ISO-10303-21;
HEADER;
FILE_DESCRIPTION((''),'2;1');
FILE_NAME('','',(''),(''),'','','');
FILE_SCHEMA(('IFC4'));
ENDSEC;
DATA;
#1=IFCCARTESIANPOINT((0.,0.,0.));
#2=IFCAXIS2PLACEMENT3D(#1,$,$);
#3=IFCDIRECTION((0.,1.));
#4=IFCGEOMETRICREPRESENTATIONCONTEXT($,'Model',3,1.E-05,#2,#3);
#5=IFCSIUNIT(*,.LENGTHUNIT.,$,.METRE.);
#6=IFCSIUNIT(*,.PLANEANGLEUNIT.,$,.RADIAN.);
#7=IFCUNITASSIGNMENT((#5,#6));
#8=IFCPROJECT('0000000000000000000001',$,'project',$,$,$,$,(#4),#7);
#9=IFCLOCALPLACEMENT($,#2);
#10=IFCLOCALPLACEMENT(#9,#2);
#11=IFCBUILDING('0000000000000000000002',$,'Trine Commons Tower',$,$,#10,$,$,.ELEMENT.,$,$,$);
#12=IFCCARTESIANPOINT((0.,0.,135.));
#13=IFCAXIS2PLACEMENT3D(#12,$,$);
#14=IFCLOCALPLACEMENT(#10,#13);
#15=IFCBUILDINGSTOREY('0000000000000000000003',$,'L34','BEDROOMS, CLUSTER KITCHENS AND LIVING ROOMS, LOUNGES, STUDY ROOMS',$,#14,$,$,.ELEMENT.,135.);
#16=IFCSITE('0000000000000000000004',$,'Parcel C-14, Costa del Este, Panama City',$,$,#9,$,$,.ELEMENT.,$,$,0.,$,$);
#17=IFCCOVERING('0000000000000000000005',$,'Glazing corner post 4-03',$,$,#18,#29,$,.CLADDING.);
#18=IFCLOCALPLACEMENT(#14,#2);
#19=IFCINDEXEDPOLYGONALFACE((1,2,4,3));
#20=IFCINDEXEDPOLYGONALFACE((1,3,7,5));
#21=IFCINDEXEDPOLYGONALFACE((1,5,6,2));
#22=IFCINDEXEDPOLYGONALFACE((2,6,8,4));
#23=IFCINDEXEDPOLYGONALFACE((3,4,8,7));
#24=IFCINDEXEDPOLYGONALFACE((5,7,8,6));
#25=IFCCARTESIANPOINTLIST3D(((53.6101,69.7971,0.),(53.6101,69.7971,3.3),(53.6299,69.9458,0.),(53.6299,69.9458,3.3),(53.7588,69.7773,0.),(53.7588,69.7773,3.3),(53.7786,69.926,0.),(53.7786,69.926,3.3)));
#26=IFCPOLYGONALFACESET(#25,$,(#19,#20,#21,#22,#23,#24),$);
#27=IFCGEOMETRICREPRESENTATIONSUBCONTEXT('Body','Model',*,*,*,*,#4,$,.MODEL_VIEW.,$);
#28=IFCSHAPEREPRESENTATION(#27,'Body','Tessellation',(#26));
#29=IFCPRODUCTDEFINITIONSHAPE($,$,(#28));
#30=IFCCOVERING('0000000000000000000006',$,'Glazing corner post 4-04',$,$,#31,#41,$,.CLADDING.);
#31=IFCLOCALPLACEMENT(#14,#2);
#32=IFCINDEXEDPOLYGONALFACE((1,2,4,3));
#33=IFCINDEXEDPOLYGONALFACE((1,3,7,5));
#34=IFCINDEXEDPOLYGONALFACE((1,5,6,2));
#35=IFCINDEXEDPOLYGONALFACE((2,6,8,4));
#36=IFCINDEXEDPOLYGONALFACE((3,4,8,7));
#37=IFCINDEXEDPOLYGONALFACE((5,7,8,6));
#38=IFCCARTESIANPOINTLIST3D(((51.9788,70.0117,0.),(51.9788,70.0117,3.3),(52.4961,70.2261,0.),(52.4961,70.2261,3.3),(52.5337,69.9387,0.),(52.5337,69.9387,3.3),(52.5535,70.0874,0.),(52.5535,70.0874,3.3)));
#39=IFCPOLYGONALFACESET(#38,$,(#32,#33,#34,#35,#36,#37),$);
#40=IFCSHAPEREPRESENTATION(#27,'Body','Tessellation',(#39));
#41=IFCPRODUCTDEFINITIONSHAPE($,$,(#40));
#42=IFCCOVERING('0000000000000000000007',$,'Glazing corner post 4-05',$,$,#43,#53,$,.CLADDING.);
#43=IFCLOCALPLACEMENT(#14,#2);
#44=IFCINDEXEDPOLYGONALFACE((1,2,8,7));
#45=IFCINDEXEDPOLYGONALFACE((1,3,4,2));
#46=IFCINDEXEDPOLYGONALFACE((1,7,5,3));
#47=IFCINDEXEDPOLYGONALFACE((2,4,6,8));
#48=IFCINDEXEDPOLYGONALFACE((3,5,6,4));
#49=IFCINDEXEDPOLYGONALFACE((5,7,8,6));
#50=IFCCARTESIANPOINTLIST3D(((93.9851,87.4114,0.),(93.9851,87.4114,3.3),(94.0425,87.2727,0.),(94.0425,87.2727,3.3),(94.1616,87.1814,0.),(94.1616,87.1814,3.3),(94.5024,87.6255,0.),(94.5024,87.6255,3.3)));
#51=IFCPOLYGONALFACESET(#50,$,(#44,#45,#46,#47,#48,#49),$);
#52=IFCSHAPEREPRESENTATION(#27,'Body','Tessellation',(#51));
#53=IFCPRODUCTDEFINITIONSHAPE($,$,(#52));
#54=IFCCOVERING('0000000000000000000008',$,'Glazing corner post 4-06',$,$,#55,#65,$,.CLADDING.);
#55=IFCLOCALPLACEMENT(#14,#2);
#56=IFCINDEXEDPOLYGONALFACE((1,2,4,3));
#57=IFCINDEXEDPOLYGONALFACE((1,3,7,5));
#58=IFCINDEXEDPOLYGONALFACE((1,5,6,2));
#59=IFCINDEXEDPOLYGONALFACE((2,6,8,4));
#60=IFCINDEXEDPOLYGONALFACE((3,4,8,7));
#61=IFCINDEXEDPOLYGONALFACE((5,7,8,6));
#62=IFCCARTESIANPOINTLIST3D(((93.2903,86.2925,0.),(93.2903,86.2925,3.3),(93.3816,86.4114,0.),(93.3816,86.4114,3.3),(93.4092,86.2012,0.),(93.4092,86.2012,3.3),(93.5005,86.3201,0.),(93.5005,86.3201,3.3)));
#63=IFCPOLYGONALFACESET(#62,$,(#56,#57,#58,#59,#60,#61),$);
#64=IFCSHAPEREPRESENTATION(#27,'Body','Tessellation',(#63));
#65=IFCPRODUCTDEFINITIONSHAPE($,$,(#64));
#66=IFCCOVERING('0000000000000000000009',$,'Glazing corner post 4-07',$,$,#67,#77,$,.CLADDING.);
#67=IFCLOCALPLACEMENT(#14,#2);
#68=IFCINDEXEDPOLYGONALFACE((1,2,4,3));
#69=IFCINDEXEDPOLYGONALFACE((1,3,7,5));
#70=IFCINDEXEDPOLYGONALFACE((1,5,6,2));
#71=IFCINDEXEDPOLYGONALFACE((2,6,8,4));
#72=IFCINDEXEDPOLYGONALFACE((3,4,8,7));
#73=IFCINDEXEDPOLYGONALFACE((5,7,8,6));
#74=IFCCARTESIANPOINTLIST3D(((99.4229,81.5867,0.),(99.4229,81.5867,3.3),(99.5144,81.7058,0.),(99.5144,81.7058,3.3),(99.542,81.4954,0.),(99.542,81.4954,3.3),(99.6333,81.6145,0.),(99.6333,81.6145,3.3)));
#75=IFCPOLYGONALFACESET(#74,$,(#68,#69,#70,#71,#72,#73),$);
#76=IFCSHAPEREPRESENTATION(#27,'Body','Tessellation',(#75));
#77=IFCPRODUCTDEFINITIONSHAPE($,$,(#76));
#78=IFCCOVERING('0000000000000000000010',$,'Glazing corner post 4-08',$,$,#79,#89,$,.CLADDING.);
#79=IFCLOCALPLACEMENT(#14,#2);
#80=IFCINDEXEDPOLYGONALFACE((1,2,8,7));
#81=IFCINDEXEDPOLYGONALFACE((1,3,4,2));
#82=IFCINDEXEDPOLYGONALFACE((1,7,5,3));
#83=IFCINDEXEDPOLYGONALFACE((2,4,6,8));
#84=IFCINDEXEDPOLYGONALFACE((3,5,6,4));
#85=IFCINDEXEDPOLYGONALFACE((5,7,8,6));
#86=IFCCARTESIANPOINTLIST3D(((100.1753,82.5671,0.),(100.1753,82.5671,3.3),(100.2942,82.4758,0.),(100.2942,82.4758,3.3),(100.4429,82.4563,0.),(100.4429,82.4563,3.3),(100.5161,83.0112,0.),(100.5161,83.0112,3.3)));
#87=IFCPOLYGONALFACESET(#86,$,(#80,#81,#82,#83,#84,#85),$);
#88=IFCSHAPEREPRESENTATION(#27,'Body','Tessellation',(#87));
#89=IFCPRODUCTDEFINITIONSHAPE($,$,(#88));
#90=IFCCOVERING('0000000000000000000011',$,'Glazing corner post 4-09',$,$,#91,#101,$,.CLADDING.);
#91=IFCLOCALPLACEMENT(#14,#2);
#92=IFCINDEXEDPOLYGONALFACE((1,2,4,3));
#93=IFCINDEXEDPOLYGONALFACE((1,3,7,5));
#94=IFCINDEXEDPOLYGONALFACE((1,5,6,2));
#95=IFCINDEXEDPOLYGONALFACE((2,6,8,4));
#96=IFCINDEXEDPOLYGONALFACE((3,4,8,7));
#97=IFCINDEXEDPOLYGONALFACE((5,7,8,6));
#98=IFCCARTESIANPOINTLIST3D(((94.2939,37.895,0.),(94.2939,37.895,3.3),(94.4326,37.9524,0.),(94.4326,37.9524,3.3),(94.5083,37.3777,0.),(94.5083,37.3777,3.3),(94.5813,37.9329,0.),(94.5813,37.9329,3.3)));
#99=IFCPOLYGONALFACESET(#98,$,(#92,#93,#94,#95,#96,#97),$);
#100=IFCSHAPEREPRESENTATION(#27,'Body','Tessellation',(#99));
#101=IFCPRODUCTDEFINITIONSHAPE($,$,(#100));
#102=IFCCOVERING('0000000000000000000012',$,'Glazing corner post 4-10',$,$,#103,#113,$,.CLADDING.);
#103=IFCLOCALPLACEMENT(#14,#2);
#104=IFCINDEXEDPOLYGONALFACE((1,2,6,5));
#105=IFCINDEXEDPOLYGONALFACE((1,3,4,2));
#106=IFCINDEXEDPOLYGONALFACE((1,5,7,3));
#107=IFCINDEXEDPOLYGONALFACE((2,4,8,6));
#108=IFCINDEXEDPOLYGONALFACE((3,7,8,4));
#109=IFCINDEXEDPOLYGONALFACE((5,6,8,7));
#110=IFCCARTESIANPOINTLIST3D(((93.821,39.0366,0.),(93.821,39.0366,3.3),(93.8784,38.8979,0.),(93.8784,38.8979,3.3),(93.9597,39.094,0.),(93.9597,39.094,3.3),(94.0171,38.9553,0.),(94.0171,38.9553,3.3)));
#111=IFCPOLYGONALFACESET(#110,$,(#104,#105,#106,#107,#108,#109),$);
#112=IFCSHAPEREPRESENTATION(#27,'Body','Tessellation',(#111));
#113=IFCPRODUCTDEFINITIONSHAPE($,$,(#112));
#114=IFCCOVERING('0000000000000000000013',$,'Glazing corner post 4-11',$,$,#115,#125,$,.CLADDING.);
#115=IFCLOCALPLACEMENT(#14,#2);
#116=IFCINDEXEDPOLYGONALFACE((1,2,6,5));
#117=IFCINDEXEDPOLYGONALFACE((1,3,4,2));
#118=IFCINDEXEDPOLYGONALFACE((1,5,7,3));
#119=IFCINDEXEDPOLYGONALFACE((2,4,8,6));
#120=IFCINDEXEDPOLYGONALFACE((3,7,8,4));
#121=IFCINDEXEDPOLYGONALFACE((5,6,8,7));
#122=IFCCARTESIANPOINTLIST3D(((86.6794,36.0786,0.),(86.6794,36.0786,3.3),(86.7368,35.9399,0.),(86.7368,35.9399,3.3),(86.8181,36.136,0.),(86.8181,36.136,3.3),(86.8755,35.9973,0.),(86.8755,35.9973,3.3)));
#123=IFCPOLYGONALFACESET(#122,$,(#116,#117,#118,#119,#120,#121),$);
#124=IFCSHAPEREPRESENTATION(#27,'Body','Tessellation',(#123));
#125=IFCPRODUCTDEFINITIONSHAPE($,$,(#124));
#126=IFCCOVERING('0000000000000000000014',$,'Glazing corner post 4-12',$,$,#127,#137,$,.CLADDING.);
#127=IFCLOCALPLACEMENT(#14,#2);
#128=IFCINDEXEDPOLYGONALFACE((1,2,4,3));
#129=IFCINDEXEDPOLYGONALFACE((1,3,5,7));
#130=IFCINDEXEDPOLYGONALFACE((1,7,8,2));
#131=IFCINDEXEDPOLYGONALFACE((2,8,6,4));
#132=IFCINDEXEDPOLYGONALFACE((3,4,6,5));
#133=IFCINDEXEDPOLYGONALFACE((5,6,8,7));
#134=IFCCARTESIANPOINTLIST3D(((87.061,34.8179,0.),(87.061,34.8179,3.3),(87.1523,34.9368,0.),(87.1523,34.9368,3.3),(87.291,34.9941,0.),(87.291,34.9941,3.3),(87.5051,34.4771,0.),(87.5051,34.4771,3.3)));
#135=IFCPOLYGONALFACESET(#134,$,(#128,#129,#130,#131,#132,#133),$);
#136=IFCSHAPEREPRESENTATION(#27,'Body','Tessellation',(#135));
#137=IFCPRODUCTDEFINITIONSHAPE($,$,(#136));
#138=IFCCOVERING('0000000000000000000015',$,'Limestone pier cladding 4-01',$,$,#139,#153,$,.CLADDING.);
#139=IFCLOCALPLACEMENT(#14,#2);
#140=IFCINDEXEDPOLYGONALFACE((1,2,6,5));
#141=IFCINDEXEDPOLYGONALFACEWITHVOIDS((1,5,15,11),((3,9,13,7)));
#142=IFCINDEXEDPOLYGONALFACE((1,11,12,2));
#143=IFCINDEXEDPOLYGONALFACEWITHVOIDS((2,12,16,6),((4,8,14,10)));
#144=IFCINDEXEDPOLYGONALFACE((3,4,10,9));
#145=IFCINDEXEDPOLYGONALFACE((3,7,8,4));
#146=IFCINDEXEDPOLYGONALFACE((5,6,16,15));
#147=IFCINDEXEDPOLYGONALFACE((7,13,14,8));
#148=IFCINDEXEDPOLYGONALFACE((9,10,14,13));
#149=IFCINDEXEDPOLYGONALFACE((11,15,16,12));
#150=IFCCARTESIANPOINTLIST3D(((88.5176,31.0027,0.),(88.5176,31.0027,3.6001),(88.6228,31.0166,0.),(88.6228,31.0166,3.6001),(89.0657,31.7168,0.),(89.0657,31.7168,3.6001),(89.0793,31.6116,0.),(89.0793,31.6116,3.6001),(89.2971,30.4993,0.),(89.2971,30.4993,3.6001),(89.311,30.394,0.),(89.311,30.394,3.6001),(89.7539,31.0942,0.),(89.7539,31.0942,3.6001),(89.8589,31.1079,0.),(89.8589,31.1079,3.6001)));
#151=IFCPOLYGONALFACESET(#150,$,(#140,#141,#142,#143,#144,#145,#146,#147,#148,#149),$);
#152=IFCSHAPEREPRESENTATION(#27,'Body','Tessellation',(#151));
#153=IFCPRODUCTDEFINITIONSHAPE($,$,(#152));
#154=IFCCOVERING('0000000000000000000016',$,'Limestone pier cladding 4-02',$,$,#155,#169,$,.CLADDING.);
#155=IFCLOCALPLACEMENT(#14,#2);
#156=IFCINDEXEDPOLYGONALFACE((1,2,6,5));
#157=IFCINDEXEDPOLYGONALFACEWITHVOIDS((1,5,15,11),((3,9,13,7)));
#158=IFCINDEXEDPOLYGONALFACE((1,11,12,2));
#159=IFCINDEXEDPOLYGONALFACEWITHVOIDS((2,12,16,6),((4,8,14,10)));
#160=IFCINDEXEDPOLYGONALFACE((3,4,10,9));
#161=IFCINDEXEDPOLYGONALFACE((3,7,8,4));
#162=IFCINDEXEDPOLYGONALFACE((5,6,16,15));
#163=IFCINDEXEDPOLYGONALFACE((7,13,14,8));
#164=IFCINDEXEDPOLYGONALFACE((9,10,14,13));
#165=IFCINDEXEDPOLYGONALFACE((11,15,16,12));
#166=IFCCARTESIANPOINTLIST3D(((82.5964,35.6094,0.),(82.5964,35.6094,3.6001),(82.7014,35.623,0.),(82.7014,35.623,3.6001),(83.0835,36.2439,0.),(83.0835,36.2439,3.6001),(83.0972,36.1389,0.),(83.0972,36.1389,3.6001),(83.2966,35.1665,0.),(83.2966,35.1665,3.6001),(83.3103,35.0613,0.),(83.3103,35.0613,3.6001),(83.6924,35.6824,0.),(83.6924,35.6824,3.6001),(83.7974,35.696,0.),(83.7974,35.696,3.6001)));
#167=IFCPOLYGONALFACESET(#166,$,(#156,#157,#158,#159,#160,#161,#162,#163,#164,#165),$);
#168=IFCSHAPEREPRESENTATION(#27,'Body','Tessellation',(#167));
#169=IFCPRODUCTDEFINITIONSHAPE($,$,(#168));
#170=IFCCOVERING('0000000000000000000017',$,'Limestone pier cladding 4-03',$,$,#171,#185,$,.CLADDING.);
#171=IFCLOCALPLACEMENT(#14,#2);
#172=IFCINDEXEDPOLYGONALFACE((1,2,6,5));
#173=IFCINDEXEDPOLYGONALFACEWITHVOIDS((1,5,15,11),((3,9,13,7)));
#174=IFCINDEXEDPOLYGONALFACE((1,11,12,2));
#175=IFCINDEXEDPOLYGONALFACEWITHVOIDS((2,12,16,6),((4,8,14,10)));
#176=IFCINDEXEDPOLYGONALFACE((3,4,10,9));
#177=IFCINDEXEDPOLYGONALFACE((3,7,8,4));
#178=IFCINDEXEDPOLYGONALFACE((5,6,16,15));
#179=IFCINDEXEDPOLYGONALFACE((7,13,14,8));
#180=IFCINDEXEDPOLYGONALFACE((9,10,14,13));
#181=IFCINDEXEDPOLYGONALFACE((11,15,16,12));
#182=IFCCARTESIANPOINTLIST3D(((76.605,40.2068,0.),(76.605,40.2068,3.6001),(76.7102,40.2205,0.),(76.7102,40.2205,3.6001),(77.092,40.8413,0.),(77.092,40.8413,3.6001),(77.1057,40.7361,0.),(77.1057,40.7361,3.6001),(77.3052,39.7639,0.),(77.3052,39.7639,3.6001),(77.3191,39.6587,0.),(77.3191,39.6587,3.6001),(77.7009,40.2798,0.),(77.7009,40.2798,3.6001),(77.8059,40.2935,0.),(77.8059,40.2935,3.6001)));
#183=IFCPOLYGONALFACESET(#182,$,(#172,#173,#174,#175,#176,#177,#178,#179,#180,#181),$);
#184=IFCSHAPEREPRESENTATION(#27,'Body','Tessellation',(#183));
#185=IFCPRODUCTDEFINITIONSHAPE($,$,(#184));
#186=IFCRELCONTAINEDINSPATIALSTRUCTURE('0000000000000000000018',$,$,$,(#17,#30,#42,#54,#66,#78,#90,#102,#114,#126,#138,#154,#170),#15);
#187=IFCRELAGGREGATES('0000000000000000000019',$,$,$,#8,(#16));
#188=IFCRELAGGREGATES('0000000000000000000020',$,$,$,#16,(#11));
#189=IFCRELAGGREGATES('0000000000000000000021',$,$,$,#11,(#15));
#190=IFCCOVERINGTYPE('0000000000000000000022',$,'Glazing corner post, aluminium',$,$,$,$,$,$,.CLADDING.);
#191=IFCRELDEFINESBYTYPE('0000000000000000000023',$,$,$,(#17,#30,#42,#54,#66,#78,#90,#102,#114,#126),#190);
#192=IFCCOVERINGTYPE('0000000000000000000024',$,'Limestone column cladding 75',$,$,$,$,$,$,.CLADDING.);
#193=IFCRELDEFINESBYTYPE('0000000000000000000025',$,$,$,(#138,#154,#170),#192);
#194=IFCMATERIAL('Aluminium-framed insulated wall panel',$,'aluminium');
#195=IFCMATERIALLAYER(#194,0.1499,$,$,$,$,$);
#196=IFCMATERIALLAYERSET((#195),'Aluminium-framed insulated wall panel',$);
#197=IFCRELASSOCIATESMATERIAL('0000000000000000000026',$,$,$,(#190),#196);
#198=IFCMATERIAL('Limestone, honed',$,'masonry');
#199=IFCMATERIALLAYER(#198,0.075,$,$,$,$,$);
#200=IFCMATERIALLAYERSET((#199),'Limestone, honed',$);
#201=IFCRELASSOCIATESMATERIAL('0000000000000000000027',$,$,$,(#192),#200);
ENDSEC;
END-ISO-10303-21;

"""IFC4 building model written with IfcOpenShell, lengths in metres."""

from ifc_helpers import new_model, si_unit, direction, frame, origin, place, context, subcontext, project, spatial, polyline, outline, extrude, material, layer, layer_set, type_object, element, save


model = new_model("IFC4")

# Units and contexts
model_context = context("Model", 3, precision=1e-05, world=origin(), true_north=direction((0.0, 1.0)))
body_context = subcontext(model_context, "Body", "Model", "MODEL_VIEW")
ifc_project = project(units=[si_unit("LENGTHUNIT", "METRE"), si_unit("PLANEANGLEUNIT", "RADIAN")], contexts=[model_context])

# Site, building, storey
site_placement = place(None, origin())
site = spatial("IfcSite", under=ifc_project, at=site_placement, Name="Parcel C-14, Costa del Este, Panama City", CompositionType="ELEMENT", RefElevation=0.0)
building_placement = place(site_placement, origin())
building = spatial("IfcBuilding", under=site, at=building_placement, Name="Trine Commons Tower", CompositionType="ELEMENT")
storey_placement = place(building_placement, frame((0.0, 0.0, 135.0)))
storey = spatial("IfcBuildingStorey", under=building, at=storey_placement, Name="L34", Description="BEDROOMS, CLUSTER KITCHENS AND LIVING ROOMS, LOUNGES, STUDY ROOMS", CompositionType="ELEMENT", Elevation=135.0)

# Coverings
ifc_material_1 = material(Name="Aluminium-framed insulated wall panel", Category="aluminium")
ifc_layer_1 = layer(ifc_material_1, 0.1499)
ifc_layer_set_1 = layer_set([ifc_layer_1], Name="Aluminium-framed insulated wall panel")
covering_type_1 = type_object("IfcCoveringType", Name="Glazing corner post, aluminium", PredefinedType="CLADDING", material=ifc_layer_set_1)
covering_1_placement = place(storey_placement, origin())
element("IfcCovering", 1, at=covering_1_placement, inside=storey, type_object=covering_type_1, Name="Glazing corner post 4-03", PredefinedType="CLADDING", context=body_context, shape_type="SweptSolid", body=[
    extrude(outline(polyline([(53.6101, 69.7971), (53.7588, 69.7773), (53.7786, 69.926), (53.6299, 69.9458), (53.6101, 69.7971)])), origin(), (0.0, 0.0, 1.0), 3.3),
])
covering_2_placement = place(storey_placement, origin())
element("IfcCovering", 2, at=covering_2_placement, inside=storey, type_object=covering_type_1, Name="Glazing corner post 4-04", PredefinedType="CLADDING", context=body_context, shape_type="SweptSolid", body=[
    extrude(outline(polyline([(52.5337, 69.9387), (52.5535, 70.0874), (52.4961, 70.2261), (51.9788, 70.0117), (52.5337, 69.9387)])), origin(), (0.0, 0.0, 1.0), 3.3),
])
covering_3_placement = place(storey_placement, origin())
element("IfcCovering", 3, at=covering_3_placement, inside=storey, type_object=covering_type_1, Name="Glazing corner post 4-05", PredefinedType="CLADDING", context=body_context, shape_type="SweptSolid", body=[
    extrude(outline(polyline([(94.0425, 87.2727), (94.0425, 87.2727), (94.1616, 87.1814), (94.5024, 87.6255), (93.9851, 87.4114), (94.0425, 87.2727)])), origin(), (0.0, 0.0, 1.0), 3.3),
])
covering_4_placement = place(storey_placement, origin())
element("IfcCovering", 4, at=covering_4_placement, inside=storey, type_object=covering_type_1, Name="Glazing corner post 4-06", PredefinedType="CLADDING", context=body_context, shape_type="SweptSolid", body=[
    extrude(outline(polyline([(93.4092, 86.2012), (93.5005, 86.3201), (93.3816, 86.4114), (93.2903, 86.2925), (93.4092, 86.2012)])), origin(), (0.0, 0.0, 1.0), 3.3),
])
covering_5_placement = place(storey_placement, origin())
element("IfcCovering", 5, at=covering_5_placement, inside=storey, type_object=covering_type_1, Name="Glazing corner post 4-07", PredefinedType="CLADDING", context=body_context, shape_type="SweptSolid", body=[
    extrude(outline(polyline([(99.4229, 81.5867), (99.542, 81.4954), (99.6333, 81.6145), (99.5144, 81.7058), (99.4229, 81.5867)])), origin(), (0.0, 0.0, 1.0), 3.3),
])
covering_6_placement = place(storey_placement, origin())
element("IfcCovering", 6, at=covering_6_placement, inside=storey, type_object=covering_type_1, Name="Glazing corner post 4-08", PredefinedType="CLADDING", context=body_context, shape_type="SweptSolid", body=[
    extrude(outline(polyline([(100.4429, 82.4563), (100.5161, 83.0112), (100.1753, 82.5671), (100.2942, 82.4758), (100.4429, 82.4563)])), origin(), (0.0, 0.0, 1.0), 3.3),
])
covering_7_placement = place(storey_placement, origin())
element("IfcCovering", 7, at=covering_7_placement, inside=storey, type_object=covering_type_1, Name="Glazing corner post 4-09", PredefinedType="CLADDING", context=body_context, shape_type="SweptSolid", body=[
    extrude(outline(polyline([(94.2939, 37.895), (94.5083, 37.3777), (94.5813, 37.9329), (94.4326, 37.9524), (94.4326, 37.9524), (94.2939, 37.895)])), origin(), (0.0, 0.0, 1.0), 3.3),
])
covering_8_placement = place(storey_placement, origin())
element("IfcCovering", 8, at=covering_8_placement, inside=storey, type_object=covering_type_1, Name="Glazing corner post 4-10", PredefinedType="CLADDING", context=body_context, shape_type="SweptSolid", body=[
    extrude(outline(polyline([(93.821, 39.0366), (93.8784, 38.8979), (93.8784, 38.8979), (94.0171, 38.9553), (93.9597, 39.094), (93.821, 39.0366)])), origin(), (0.0, 0.0, 1.0), 3.3),
])
covering_9_placement = place(storey_placement, origin())
element("IfcCovering", 9, at=covering_9_placement, inside=storey, type_object=covering_type_1, Name="Glazing corner post 4-11", PredefinedType="CLADDING", context=body_context, shape_type="SweptSolid", body=[
    extrude(outline(polyline([(86.7368, 35.9399), (86.8755, 35.9973), (86.8181, 36.136), (86.6794, 36.0786), (86.7368, 35.9399)])), origin(), (0.0, 0.0, 1.0), 3.3),
])
covering_10_placement = place(storey_placement, origin())
element("IfcCovering", 10, at=covering_10_placement, inside=storey, type_object=covering_type_1, Name="Glazing corner post 4-12", PredefinedType="CLADDING", context=body_context, shape_type="SweptSolid", body=[
    extrude(outline(polyline([(87.061, 34.8179), (87.5051, 34.4771), (87.291, 34.9941), (87.1523, 34.9368), (87.061, 34.8179)])), origin(), (0.0, 0.0, 1.0), 3.3),
])
ifc_material_2 = material(Name="Limestone, honed", Category="masonry")
ifc_layer_2 = layer(ifc_material_2, 0.075)
ifc_layer_set_2 = layer_set([ifc_layer_2], Name="Limestone, honed")
covering_type_2 = type_object("IfcCoveringType", Name="Limestone column cladding 75", PredefinedType="CLADDING", material=ifc_layer_set_2)
covering_11_placement = place(storey_placement, origin())
element("IfcCovering", 11, at=covering_11_placement, inside=storey, type_object=covering_type_2, Name="Limestone pier cladding 4-01", PredefinedType="CLADDING", context=body_context, shape_type="SweptSolid", body=[
    extrude(outline(polyline([(89.0657, 31.7168), (88.5176, 31.0027), (89.311, 30.394), (89.8589, 31.1079), (89.0657, 31.7168)]), holes=[polyline([(89.0793, 31.6116), (88.6228, 31.0166), (89.2971, 30.4993), (89.7539, 31.0942), (89.0793, 31.6116)])]), origin(), (0.0, 0.0, 1.0), 3.6001),
])
covering_12_placement = place(storey_placement, origin())
element("IfcCovering", 12, at=covering_12_placement, inside=storey, type_object=covering_type_2, Name="Limestone pier cladding 4-02", PredefinedType="CLADDING", context=body_context, shape_type="SweptSolid", body=[
    extrude(outline(polyline([(83.0835, 36.2439), (82.5964, 35.6094), (83.3103, 35.0613), (83.7974, 35.696), (83.0835, 36.2439)]), holes=[polyline([(83.0972, 36.1389), (82.7014, 35.623), (83.2966, 35.1665), (83.6924, 35.6824), (83.0972, 36.1389)])]), origin(), (0.0, 0.0, 1.0), 3.6001),
])
covering_13_placement = place(storey_placement, origin())
element("IfcCovering", 13, at=covering_13_placement, inside=storey, type_object=covering_type_2, Name="Limestone pier cladding 4-03", PredefinedType="CLADDING", context=body_context, shape_type="SweptSolid", body=[
    extrude(outline(polyline([(77.092, 40.8413), (76.605, 40.2068), (77.3191, 39.6587), (77.8059, 40.2935), (77.092, 40.8413)]), holes=[polyline([(77.1057, 40.7361), (76.7102, 40.2205), (77.3052, 39.7639), (77.7009, 40.2798), (77.1057, 40.7361)])]), origin(), (0.0, 0.0, 1.0), 3.6001),
])

save(model, "model.ifc")
